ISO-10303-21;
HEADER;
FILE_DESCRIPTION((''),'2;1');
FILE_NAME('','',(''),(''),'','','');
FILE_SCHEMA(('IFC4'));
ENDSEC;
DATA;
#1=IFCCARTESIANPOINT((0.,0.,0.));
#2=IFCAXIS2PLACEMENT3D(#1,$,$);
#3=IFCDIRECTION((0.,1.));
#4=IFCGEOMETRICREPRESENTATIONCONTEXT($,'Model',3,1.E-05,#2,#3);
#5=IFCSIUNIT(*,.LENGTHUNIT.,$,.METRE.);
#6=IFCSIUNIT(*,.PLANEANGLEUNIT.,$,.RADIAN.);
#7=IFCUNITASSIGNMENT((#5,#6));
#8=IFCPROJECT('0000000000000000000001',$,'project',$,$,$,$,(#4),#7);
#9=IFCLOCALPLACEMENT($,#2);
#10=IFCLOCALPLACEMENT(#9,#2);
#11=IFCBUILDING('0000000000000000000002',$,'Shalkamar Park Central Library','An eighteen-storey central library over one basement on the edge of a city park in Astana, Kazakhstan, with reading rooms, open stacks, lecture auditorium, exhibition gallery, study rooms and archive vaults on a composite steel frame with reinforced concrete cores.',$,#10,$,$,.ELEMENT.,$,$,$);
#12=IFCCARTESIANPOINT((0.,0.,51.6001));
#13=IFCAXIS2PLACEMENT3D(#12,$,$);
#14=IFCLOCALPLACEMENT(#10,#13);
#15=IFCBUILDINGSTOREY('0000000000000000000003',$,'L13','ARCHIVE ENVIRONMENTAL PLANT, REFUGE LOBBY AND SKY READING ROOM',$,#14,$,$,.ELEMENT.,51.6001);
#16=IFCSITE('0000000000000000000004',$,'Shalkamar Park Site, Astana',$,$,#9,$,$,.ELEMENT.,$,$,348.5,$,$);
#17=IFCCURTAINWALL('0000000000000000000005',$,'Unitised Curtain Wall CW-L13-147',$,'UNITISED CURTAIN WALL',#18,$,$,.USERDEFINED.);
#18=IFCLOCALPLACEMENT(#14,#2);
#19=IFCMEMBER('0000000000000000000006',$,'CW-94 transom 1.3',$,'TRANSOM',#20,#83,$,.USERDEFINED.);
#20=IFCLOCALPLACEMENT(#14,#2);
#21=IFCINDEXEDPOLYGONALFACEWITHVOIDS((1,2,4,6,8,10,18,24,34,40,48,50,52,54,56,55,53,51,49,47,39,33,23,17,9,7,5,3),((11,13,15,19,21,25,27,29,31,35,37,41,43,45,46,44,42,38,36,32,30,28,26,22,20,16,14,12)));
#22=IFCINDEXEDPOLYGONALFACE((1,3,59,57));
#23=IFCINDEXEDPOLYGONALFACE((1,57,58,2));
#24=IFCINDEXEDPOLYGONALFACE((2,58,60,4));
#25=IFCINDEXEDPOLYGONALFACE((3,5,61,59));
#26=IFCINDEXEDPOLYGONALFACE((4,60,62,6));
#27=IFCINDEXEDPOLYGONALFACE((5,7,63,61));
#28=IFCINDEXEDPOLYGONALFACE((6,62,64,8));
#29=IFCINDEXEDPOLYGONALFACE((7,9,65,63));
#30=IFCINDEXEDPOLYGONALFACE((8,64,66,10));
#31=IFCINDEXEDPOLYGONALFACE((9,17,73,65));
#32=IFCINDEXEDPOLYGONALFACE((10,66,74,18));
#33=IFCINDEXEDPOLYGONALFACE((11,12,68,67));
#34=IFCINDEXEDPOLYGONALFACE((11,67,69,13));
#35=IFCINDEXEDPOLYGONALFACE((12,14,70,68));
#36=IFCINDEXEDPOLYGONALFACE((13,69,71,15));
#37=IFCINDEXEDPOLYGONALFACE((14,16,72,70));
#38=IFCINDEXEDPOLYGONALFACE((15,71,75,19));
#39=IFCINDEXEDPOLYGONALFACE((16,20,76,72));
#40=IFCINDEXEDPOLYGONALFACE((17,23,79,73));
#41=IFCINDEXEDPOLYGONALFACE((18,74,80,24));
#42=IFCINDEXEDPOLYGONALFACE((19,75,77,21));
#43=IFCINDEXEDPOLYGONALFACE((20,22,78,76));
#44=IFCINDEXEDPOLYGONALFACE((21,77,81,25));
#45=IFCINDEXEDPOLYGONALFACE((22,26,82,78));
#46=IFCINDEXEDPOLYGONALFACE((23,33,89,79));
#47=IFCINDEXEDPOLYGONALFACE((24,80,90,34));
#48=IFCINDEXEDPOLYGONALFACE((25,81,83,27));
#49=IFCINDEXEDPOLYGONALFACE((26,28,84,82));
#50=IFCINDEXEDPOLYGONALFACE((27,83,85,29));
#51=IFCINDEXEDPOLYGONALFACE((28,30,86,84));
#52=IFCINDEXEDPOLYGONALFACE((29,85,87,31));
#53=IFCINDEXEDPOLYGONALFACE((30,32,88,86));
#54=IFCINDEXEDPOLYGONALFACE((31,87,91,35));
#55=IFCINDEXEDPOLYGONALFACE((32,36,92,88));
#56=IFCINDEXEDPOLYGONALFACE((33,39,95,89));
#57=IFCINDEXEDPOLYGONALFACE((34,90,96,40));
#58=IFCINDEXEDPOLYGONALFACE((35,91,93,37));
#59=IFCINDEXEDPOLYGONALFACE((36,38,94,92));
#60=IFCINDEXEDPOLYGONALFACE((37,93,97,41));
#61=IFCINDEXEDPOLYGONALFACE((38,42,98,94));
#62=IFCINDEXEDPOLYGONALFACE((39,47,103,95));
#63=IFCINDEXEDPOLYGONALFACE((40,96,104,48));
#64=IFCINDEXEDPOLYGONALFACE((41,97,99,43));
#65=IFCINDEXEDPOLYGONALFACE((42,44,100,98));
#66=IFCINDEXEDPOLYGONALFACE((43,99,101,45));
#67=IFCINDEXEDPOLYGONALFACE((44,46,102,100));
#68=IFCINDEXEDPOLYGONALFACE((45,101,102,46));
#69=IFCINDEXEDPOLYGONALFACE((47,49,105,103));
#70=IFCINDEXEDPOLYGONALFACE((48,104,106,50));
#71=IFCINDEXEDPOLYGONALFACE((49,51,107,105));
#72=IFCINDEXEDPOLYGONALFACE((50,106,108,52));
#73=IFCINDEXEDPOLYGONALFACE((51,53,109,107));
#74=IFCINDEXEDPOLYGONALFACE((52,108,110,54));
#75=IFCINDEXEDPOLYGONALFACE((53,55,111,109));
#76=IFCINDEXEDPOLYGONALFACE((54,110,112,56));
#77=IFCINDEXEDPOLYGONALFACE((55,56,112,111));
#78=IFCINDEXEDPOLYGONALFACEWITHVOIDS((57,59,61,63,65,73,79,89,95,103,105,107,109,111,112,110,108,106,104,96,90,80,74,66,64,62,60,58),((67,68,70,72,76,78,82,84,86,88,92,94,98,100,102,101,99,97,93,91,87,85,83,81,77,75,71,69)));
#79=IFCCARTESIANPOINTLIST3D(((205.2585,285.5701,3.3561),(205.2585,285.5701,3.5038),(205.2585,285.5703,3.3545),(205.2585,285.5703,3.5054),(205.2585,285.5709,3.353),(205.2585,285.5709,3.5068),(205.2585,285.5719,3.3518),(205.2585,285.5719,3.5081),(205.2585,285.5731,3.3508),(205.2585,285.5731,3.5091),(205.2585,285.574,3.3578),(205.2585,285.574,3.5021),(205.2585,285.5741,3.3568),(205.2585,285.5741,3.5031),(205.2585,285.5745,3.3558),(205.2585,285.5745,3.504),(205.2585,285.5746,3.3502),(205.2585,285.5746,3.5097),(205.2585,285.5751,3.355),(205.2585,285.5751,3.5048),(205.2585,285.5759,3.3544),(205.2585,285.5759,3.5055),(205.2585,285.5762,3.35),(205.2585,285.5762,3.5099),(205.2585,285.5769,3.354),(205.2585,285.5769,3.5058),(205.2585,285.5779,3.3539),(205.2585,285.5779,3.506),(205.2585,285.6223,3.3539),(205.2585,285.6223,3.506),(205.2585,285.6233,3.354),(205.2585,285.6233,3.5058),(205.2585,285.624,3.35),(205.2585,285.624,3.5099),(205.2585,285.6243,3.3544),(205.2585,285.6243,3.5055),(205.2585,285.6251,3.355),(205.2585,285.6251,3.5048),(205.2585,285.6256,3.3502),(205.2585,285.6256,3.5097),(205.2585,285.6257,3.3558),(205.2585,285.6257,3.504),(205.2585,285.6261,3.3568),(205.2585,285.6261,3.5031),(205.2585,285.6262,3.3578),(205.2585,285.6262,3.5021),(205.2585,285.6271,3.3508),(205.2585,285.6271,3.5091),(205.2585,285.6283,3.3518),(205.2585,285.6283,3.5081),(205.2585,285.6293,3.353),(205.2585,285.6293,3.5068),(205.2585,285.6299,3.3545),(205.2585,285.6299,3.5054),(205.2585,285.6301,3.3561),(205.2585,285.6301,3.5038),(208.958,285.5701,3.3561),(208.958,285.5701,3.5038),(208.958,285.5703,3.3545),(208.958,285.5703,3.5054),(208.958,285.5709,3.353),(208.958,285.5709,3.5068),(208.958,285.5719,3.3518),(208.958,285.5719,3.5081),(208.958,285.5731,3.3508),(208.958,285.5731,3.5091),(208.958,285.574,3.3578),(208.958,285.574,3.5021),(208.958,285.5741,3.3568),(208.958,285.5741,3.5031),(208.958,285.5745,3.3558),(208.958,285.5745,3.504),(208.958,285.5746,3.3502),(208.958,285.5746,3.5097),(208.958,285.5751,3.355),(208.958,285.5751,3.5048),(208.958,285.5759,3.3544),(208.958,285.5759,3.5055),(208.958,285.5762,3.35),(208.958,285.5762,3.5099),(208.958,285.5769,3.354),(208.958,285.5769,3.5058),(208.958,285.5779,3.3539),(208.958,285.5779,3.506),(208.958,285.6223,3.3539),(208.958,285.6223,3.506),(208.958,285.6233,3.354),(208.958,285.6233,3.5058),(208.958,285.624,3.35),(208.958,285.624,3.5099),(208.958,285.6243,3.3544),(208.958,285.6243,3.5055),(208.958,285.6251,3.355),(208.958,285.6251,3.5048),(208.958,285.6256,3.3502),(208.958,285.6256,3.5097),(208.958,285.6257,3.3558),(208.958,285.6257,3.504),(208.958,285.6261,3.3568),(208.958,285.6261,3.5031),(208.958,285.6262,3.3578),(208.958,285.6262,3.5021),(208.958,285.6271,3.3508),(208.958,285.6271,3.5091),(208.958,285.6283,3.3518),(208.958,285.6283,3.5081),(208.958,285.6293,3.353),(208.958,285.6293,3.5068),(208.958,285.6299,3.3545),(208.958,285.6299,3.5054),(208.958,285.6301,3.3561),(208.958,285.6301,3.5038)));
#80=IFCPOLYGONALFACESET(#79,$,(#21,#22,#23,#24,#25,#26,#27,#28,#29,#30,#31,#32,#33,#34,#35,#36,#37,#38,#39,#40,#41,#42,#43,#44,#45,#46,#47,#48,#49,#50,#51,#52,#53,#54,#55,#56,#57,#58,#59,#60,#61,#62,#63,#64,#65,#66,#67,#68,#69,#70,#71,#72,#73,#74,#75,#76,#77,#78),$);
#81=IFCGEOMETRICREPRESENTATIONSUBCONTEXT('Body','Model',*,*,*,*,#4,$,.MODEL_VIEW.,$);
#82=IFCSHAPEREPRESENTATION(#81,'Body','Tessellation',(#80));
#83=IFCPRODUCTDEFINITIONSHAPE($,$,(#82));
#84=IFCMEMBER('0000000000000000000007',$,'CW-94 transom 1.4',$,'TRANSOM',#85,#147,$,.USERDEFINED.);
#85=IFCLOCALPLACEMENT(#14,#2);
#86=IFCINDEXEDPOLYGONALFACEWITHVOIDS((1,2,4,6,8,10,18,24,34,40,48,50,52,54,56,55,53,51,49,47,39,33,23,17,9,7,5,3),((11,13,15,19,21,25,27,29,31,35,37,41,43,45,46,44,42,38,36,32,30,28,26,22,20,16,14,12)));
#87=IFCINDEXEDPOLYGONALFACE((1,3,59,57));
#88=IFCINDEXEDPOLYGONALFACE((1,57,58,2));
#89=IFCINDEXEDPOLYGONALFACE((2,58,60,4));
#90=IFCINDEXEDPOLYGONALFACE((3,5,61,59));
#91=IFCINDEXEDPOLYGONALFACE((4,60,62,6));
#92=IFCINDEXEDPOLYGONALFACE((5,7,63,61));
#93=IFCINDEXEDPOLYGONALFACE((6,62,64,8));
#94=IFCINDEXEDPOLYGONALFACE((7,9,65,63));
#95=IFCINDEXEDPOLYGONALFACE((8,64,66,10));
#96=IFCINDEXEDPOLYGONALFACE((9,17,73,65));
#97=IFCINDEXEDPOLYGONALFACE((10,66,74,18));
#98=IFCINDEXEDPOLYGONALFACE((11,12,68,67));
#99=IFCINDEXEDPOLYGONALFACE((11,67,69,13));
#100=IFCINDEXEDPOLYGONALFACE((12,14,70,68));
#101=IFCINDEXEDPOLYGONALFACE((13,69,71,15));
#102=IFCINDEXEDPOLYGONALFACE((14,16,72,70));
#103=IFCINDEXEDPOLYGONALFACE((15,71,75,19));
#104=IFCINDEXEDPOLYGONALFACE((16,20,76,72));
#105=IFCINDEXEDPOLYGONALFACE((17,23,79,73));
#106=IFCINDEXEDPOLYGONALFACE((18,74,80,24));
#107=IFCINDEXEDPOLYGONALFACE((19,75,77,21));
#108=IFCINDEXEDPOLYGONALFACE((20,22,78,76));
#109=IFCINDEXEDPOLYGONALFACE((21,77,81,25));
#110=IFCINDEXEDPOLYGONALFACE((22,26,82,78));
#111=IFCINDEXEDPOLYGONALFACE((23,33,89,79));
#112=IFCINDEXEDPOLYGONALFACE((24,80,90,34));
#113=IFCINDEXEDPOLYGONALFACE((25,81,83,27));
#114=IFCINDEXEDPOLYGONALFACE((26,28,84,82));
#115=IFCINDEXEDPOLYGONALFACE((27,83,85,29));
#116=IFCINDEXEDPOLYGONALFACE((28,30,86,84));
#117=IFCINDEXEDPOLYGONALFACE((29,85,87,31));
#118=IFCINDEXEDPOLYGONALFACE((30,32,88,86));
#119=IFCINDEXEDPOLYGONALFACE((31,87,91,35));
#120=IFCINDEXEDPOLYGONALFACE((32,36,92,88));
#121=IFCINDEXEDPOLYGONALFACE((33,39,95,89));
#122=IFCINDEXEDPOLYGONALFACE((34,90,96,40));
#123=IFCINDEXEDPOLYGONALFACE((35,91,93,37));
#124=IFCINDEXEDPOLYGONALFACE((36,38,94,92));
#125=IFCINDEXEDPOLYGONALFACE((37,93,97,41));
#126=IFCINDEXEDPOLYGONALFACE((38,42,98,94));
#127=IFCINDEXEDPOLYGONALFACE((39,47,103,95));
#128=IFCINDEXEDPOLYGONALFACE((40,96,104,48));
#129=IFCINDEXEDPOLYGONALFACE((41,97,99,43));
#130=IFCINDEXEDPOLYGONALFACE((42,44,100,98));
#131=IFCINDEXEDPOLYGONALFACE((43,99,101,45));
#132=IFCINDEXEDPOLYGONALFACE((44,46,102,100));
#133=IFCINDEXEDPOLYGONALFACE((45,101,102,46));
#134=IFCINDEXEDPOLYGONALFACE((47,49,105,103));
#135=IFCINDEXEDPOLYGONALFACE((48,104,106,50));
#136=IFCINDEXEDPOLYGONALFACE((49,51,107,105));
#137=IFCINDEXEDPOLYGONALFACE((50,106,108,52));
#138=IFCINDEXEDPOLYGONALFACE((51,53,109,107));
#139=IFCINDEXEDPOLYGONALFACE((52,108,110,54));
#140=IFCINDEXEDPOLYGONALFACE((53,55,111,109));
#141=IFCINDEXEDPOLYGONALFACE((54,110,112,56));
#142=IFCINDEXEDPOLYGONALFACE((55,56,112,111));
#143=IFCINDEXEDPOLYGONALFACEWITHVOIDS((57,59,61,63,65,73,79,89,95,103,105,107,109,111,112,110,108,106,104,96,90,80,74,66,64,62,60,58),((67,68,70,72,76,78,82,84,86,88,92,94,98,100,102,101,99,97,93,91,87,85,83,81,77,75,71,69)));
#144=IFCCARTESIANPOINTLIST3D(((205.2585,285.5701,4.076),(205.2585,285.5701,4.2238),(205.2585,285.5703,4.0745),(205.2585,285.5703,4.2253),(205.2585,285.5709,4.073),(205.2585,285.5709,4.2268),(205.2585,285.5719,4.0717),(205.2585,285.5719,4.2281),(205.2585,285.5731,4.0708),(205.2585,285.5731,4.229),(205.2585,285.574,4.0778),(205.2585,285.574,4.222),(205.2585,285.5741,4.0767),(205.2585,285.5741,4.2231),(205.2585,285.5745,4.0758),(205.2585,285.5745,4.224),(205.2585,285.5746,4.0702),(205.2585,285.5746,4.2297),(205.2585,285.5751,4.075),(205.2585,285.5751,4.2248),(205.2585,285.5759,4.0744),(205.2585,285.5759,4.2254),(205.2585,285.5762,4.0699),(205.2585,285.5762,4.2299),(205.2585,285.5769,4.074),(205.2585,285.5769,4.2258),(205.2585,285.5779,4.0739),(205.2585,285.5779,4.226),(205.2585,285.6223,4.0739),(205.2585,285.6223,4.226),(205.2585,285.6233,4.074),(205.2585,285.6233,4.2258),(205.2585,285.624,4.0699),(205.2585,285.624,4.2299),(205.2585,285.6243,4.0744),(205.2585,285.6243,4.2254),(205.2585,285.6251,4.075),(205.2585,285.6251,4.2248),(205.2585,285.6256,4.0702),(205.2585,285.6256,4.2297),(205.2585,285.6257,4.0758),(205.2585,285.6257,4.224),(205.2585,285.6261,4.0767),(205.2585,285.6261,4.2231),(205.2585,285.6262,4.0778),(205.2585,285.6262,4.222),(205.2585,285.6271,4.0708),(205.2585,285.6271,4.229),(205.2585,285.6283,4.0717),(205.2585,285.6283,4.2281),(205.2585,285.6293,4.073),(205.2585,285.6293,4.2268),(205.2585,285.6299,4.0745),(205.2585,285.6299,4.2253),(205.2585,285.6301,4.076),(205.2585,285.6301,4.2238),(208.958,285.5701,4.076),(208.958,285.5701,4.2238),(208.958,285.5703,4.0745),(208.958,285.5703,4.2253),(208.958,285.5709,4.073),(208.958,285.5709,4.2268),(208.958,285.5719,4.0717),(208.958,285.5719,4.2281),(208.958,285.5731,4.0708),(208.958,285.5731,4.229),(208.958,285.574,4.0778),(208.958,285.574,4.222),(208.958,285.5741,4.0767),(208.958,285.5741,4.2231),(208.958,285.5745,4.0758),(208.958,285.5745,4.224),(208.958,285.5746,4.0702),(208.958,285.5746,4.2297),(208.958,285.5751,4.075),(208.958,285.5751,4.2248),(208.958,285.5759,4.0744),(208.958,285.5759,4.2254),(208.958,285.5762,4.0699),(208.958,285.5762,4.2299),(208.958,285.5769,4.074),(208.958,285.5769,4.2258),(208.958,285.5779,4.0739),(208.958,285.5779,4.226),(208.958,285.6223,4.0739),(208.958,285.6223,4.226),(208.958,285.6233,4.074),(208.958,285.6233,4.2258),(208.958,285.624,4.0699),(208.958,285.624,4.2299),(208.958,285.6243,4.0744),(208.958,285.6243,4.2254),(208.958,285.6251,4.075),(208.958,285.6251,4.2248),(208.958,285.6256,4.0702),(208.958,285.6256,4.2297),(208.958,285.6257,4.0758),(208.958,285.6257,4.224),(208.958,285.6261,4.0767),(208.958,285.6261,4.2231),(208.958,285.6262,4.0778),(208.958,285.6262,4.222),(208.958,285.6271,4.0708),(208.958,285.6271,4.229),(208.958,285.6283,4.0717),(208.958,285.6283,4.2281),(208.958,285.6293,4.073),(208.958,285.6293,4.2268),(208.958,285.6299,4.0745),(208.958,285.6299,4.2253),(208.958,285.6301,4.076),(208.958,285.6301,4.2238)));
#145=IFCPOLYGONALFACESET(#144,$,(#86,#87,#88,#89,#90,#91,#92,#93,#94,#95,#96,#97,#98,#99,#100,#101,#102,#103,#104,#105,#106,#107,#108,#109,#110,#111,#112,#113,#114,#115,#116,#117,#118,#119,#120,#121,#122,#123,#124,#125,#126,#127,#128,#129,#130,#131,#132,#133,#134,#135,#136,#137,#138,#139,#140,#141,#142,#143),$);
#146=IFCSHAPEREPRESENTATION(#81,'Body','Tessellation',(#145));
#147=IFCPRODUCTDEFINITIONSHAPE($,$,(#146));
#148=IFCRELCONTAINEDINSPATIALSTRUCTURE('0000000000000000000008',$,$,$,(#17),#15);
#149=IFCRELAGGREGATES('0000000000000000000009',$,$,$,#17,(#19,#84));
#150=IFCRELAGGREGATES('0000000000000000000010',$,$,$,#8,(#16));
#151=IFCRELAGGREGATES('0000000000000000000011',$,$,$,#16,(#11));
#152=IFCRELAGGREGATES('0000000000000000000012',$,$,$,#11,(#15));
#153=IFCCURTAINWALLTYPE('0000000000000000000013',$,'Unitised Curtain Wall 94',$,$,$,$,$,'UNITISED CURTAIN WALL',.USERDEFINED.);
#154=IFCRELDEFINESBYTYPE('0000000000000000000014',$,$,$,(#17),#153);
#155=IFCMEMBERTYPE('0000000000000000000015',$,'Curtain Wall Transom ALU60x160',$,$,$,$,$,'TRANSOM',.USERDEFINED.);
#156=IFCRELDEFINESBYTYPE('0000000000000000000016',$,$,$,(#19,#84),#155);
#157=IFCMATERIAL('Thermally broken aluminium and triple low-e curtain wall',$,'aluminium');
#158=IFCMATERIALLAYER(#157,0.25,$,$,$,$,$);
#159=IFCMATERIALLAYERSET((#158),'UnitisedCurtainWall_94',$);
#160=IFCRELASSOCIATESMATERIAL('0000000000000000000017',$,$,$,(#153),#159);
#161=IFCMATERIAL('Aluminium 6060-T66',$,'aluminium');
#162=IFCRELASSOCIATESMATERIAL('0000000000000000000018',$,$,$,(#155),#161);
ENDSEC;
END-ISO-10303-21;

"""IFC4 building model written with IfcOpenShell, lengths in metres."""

from ifc_helpers import new_model, si_unit, direction, frame, origin, origin_2d, place, context, subcontext, project, spatial, hollow_rectangle, extrude, material, layer, layer_set, material_profile, profile_set, type_object, element, aggregate, save


model = new_model("IFC4")

# Units and contexts
model_context = context("Model", 3, precision=1e-05, world=origin(), true_north=direction((0.0, 1.0)))
body_context = subcontext(model_context, "Body", "Model", "MODEL_VIEW")
ifc_project = project(units=[si_unit("LENGTHUNIT", "METRE"), si_unit("PLANEANGLEUNIT", "RADIAN")], contexts=[model_context])

# Site, building, storey
site_placement = place(None, origin())
site = spatial("IfcSite", under=ifc_project, at=site_placement, Name="Shalkamar Park Site, Astana", CompositionType="ELEMENT", RefElevation=348.5)
building_placement = place(site_placement, origin())
building = spatial("IfcBuilding", under=site, at=building_placement, Name="Shalkamar Park Central Library", Description="An eighteen-storey central library over one basement on the edge of a city park in Astana, Kazakhstan, with reading rooms, open stacks, lecture auditorium, exhibition gallery, study rooms and archive vaults on a composite steel frame with reinforced concrete cores.", CompositionType="ELEMENT")
storey_placement = place(building_placement, frame((0.0, 0.0, 51.6001)))
storey = spatial("IfcBuildingStorey", under=building, at=storey_placement, Name="L13", Description="ARCHIVE ENVIRONMENTAL PLANT, REFUGE LOBBY AND SKY READING ROOM", CompositionType="ELEMENT", Elevation=51.6001)

# Curtain wall
ifc_material_1 = material(Name="Thermally broken aluminium and triple low-e curtain wall", Category="aluminium")
ifc_layer_1 = layer(ifc_material_1, 0.25)
ifc_layer_set_1 = layer_set([ifc_layer_1], Name="UnitisedCurtainWall_94")
curtain_wall_type_1 = type_object("IfcCurtainWallType", Name="Unitised Curtain Wall 94", ElementType="UNITISED CURTAIN WALL", PredefinedType="USERDEFINED", material=ifc_layer_set_1)
curtain_wall_1_placement = place(storey_placement, origin())
curtain_wall_1 = element("IfcCurtainWall", 1, at=curtain_wall_1_placement, inside=storey, type_object=curtain_wall_type_1, Name="Unitised Curtain Wall CW-L13-147", ObjectType="UNITISED CURTAIN WALL", PredefinedType="USERDEFINED")
ifc_material_2 = material(Name="Aluminium 6060-T66", Category="aluminium")

# Members
ifc_material_profile_1 = material_profile(ifc_material_2, hollow_rectangle(XDim=0.0601, YDim=0.1599, WallThickness=0.0039, InnerFilletRadius=0.0039, OuterFilletRadius=0.0061, at=origin_2d()), Name="ALU 60x160x4")
ifc_profile_set_1 = profile_set([ifc_material_profile_1], Name="Aluminium 6060-T66")
member_type_1 = type_object("IfcMemberType", Name="Curtain Wall Transom ALU60x160", ElementType="TRANSOM", PredefinedType="USERDEFINED", material=ifc_profile_set_1)
member_1_placement = place(storey_placement, frame((205.2585, 285.6001, 3.4299), z_axis=(1.0, 0.0, 0.0), x_axis=(0.0, 1.0, 0.0)))
member_1 = element("IfcMember", 2, at=member_1_placement, type_object=member_type_1, Name="CW-94 transom 1.3", ObjectType="TRANSOM", PredefinedType="USERDEFINED", context=body_context, shape_type="SweptSolid", body=[
    extrude(hollow_rectangle(XDim=0.0601, YDim=0.1599, WallThickness=0.0039, InnerFilletRadius=0.0039, OuterFilletRadius=0.0061, at=origin_2d()), origin(), (0.0, 0.0, 1.0), 3.6995),
])
member_2_placement = place(storey_placement, frame((205.2585, 285.6001, 4.1499), z_axis=(1.0, 0.0, 0.0), x_axis=(0.0, 1.0, 0.0)))
member_2 = element("IfcMember", 3, at=member_2_placement, type_object=member_type_1, Name="CW-94 transom 1.4", ObjectType="TRANSOM", PredefinedType="USERDEFINED", context=body_context, shape_type="SweptSolid", body=[
    extrude(hollow_rectangle(XDim=0.0601, YDim=0.1599, WallThickness=0.0039, InnerFilletRadius=0.0039, OuterFilletRadius=0.0061, at=origin_2d()), origin(), (0.0, 0.0, 1.0), 3.6995),
])

aggregate(curtain_wall_1, [member_1, member_2])

save(model, "model.ifc")
